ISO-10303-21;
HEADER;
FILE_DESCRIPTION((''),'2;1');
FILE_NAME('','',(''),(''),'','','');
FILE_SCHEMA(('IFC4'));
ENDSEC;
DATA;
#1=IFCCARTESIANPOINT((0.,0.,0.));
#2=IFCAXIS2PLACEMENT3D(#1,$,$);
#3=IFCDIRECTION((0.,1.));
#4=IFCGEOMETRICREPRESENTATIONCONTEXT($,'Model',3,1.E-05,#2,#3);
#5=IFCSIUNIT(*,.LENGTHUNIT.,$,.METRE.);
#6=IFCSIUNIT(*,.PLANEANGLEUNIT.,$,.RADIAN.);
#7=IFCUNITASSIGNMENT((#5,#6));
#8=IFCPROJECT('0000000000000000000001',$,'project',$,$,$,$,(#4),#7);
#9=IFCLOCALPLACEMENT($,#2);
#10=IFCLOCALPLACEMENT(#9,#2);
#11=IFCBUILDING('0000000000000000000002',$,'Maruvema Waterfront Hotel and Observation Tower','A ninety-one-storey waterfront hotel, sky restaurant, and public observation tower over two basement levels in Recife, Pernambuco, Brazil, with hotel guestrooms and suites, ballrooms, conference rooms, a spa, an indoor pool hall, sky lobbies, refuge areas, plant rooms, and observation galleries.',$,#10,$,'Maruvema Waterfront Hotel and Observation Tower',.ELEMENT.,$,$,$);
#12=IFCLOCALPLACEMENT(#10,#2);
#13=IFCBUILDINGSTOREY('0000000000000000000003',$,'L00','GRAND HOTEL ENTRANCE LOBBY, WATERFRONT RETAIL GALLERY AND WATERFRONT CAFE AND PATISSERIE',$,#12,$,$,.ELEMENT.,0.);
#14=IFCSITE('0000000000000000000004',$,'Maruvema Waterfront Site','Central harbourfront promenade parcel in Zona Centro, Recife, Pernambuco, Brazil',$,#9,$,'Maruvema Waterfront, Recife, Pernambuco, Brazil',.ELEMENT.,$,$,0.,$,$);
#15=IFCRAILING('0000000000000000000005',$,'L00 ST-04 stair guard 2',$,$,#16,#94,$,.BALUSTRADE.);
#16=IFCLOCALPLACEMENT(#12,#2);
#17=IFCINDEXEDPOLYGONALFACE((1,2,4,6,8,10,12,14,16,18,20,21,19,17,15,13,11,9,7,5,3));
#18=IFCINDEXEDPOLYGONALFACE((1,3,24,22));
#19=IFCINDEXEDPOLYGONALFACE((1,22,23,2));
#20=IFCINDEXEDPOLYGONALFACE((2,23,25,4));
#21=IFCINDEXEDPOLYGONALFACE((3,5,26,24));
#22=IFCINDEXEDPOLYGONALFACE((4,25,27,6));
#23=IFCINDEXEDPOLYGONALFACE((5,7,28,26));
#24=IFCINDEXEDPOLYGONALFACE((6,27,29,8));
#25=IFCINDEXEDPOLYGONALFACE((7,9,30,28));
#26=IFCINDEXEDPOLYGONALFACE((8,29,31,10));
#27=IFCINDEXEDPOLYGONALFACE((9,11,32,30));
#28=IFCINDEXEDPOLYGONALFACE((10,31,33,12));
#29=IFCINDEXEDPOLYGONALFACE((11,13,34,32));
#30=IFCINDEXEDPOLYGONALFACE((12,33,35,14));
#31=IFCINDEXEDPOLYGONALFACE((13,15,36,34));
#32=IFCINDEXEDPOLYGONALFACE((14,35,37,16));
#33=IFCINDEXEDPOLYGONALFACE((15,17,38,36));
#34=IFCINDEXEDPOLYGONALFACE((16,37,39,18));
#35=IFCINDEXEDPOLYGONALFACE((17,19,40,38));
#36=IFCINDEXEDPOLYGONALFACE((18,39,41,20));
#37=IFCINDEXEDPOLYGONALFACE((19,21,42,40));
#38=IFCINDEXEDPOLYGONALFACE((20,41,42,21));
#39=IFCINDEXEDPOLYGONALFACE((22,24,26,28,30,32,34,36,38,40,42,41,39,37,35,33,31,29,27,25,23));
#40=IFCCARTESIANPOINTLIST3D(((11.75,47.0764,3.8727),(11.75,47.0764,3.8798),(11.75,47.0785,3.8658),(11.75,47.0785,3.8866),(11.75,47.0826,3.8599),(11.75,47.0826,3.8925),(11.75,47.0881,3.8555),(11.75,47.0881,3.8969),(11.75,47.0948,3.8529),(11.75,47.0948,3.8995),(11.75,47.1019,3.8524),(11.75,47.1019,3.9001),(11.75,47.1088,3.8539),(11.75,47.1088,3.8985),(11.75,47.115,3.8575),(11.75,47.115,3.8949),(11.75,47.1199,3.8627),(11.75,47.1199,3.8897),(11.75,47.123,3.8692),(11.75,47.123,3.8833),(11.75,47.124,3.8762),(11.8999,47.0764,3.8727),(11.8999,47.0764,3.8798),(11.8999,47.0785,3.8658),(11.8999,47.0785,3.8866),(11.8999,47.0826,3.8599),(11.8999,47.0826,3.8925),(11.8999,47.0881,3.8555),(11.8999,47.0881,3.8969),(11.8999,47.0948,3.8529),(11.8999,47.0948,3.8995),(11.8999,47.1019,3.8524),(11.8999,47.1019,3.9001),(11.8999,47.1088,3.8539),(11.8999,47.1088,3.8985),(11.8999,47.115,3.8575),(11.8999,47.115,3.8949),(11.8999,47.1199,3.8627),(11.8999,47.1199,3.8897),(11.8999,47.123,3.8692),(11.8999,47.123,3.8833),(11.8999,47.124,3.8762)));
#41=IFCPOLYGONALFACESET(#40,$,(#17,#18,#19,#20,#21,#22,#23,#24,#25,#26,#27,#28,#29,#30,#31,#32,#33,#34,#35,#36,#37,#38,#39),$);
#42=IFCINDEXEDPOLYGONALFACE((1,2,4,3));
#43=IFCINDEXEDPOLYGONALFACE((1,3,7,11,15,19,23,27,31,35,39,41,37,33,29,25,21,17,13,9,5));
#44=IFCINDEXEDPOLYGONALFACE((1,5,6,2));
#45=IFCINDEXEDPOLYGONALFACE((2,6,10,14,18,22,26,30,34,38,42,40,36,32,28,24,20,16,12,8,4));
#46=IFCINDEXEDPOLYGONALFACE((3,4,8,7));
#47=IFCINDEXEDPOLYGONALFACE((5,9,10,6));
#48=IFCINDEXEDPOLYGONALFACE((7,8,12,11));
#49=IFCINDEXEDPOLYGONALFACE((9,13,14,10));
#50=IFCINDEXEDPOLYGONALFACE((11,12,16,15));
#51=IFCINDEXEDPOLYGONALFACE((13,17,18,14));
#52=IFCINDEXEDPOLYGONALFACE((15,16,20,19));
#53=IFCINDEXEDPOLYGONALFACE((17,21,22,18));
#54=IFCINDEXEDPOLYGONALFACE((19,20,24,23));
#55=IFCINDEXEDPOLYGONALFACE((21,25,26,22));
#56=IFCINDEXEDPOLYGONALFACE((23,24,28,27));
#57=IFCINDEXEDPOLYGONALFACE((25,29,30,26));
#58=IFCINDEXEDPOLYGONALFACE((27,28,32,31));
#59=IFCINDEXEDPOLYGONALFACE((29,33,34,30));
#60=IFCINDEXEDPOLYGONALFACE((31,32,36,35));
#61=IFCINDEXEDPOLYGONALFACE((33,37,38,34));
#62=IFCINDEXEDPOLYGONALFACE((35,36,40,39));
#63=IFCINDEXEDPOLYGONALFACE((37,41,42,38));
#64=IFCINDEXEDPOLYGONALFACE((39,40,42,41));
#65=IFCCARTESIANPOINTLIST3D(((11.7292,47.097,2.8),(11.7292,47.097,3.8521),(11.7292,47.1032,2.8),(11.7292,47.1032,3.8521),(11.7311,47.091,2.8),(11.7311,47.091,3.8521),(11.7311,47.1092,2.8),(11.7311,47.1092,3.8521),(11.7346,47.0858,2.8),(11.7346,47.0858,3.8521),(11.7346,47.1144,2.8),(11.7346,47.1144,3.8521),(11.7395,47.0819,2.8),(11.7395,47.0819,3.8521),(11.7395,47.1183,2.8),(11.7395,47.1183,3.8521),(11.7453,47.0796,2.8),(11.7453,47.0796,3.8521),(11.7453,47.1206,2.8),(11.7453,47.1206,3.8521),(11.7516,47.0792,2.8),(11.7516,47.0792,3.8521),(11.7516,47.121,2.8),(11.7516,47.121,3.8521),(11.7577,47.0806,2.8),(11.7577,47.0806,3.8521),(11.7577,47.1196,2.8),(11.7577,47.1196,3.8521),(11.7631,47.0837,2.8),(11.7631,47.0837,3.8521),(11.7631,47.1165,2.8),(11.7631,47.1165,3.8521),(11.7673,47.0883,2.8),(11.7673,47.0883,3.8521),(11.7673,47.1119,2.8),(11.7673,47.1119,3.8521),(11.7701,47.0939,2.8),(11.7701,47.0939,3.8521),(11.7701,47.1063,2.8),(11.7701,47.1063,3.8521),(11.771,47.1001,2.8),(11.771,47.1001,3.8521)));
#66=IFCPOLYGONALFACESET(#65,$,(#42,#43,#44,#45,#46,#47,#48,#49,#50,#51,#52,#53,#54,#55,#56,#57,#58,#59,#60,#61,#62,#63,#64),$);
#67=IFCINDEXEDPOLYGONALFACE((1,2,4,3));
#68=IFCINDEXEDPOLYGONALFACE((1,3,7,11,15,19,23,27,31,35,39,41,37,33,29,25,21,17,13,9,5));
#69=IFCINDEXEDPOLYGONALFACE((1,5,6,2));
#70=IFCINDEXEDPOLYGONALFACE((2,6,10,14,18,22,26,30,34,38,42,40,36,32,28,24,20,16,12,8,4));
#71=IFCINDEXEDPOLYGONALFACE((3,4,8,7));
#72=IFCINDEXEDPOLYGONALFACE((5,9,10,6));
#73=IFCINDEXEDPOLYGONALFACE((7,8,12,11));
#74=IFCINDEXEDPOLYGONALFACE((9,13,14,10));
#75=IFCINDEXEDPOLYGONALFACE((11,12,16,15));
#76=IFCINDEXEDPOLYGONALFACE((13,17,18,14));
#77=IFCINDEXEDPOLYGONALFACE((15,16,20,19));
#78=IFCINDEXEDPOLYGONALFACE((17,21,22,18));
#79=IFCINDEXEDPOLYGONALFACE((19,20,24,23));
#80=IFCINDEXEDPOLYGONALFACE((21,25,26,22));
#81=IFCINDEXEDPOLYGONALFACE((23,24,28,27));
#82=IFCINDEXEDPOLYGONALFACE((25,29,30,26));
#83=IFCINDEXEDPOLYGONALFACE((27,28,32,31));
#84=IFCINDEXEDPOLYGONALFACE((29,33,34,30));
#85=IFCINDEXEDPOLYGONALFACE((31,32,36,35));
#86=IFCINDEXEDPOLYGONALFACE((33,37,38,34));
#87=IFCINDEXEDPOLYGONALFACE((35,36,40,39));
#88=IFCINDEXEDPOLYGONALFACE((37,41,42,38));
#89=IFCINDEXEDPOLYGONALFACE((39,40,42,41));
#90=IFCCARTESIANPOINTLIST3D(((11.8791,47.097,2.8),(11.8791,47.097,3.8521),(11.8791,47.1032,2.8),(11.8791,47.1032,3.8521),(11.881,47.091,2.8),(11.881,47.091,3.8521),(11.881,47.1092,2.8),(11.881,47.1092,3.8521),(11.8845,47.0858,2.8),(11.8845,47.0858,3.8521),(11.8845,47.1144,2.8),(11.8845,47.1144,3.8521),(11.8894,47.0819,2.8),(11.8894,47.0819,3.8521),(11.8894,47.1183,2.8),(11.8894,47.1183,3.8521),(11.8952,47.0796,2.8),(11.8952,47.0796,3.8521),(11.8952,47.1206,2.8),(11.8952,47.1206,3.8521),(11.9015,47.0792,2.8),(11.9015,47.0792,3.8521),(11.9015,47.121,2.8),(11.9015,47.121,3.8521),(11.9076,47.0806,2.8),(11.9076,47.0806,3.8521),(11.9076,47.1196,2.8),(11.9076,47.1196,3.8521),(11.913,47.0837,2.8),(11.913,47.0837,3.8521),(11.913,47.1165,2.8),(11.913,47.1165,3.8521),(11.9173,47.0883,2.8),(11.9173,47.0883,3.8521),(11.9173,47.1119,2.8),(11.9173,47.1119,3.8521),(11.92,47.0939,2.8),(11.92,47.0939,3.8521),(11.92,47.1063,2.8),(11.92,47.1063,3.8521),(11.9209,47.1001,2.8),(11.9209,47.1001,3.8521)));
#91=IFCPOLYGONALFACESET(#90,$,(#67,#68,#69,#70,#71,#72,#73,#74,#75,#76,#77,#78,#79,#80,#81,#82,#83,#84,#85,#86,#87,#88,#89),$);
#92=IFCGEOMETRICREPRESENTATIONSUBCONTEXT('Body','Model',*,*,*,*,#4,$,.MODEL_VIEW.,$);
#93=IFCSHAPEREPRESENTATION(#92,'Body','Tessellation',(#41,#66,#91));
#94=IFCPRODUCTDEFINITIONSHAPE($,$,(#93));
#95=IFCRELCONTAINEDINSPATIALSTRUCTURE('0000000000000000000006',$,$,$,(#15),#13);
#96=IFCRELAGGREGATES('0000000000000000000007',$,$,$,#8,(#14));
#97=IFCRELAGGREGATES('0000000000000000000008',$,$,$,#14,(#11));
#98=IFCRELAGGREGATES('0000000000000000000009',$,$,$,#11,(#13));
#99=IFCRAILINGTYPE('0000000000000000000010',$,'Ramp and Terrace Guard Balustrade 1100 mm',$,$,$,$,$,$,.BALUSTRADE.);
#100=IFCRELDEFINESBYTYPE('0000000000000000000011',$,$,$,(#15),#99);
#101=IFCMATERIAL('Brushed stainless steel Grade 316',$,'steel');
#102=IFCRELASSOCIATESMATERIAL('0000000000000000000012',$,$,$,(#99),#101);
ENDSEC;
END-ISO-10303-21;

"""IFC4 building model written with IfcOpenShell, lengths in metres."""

from ifc_helpers import new_model, si_unit, direction, frame, origin, origin_2d, place, context, subcontext, project, spatial, circle, extrude, material, type_object, element, save


model = new_model("IFC4")

# Units and contexts
model_context = context("Model", 3, precision=1e-05, world=origin(), true_north=direction((0.0, 1.0)))
body_context = subcontext(model_context, "Body", "Model", "MODEL_VIEW")
ifc_project = project(units=[si_unit("LENGTHUNIT", "METRE"), si_unit("PLANEANGLEUNIT", "RADIAN")], contexts=[model_context])

# Site, building, storey
site_placement = place(None, origin())
site = spatial("IfcSite", under=ifc_project, at=site_placement, Name="Maruvema Waterfront Site", Description="Central harbourfront promenade parcel in Zona Centro, Recife, Pernambuco, Brazil", LongName="Maruvema Waterfront, Recife, Pernambuco, Brazil", CompositionType="ELEMENT", RefElevation=0.0)
building_placement = place(site_placement, origin())
building = spatial("IfcBuilding", under=site, at=building_placement, Name="Maruvema Waterfront Hotel and Observation Tower", Description="A ninety-one-storey waterfront hotel, sky restaurant, and public observation tower over two basement levels in Recife, Pernambuco, Brazil, with hotel guestrooms and suites, ballrooms, conference rooms, a spa, an indoor pool hall, sky lobbies, refuge areas, plant rooms, and observation galleries.", LongName="Maruvema Waterfront Hotel and Observation Tower", CompositionType="ELEMENT")
storey_placement = place(building_placement, origin())
storey = spatial("IfcBuildingStorey", under=building, at=storey_placement, Name="L00", Description="GRAND HOTEL ENTRANCE LOBBY, WATERFRONT RETAIL GALLERY AND WATERFRONT CAFE AND PATISSERIE", CompositionType="ELEMENT", Elevation=0.0)

# Railing
ifc_material_1 = material(Name="Brushed stainless steel Grade 316", Category="steel")
railing_type_1 = type_object("IfcRailingType", Name="Ramp and Terrace Guard Balustrade 1100 mm", PredefinedType="BALUSTRADE", material=ifc_material_1)
railing_1_placement = place(storey_placement, frame((11.75, 47.1001, 2.8)))
element("IfcRailing", 1, at=railing_1_placement, inside=storey, type_object=railing_type_1, Name="L00 ST-04 stair guard 2", PredefinedType="BALUSTRADE", context=body_context, shape_type="SweptSolid", body=[
    extrude(circle(Radius=0.0239, at=origin_2d()), frame((0.0, 0.0, 1.0762), z_axis=(1.0, 0.0, 0.0), x_axis=(0.0, 1.0, 0.0)), (0.0, 0.0, 1.0), 0.1499),
    extrude(circle(Radius=0.021, at=origin_2d()), origin(), (0.0, 0.0, 1.0), 1.052),
    extrude(circle(Radius=0.021, at=origin_2d()), frame((0.1499, 0.0, 0.0)), (0.0, 0.0, 1.0), 1.052),
])

save(model, "model.ifc")
